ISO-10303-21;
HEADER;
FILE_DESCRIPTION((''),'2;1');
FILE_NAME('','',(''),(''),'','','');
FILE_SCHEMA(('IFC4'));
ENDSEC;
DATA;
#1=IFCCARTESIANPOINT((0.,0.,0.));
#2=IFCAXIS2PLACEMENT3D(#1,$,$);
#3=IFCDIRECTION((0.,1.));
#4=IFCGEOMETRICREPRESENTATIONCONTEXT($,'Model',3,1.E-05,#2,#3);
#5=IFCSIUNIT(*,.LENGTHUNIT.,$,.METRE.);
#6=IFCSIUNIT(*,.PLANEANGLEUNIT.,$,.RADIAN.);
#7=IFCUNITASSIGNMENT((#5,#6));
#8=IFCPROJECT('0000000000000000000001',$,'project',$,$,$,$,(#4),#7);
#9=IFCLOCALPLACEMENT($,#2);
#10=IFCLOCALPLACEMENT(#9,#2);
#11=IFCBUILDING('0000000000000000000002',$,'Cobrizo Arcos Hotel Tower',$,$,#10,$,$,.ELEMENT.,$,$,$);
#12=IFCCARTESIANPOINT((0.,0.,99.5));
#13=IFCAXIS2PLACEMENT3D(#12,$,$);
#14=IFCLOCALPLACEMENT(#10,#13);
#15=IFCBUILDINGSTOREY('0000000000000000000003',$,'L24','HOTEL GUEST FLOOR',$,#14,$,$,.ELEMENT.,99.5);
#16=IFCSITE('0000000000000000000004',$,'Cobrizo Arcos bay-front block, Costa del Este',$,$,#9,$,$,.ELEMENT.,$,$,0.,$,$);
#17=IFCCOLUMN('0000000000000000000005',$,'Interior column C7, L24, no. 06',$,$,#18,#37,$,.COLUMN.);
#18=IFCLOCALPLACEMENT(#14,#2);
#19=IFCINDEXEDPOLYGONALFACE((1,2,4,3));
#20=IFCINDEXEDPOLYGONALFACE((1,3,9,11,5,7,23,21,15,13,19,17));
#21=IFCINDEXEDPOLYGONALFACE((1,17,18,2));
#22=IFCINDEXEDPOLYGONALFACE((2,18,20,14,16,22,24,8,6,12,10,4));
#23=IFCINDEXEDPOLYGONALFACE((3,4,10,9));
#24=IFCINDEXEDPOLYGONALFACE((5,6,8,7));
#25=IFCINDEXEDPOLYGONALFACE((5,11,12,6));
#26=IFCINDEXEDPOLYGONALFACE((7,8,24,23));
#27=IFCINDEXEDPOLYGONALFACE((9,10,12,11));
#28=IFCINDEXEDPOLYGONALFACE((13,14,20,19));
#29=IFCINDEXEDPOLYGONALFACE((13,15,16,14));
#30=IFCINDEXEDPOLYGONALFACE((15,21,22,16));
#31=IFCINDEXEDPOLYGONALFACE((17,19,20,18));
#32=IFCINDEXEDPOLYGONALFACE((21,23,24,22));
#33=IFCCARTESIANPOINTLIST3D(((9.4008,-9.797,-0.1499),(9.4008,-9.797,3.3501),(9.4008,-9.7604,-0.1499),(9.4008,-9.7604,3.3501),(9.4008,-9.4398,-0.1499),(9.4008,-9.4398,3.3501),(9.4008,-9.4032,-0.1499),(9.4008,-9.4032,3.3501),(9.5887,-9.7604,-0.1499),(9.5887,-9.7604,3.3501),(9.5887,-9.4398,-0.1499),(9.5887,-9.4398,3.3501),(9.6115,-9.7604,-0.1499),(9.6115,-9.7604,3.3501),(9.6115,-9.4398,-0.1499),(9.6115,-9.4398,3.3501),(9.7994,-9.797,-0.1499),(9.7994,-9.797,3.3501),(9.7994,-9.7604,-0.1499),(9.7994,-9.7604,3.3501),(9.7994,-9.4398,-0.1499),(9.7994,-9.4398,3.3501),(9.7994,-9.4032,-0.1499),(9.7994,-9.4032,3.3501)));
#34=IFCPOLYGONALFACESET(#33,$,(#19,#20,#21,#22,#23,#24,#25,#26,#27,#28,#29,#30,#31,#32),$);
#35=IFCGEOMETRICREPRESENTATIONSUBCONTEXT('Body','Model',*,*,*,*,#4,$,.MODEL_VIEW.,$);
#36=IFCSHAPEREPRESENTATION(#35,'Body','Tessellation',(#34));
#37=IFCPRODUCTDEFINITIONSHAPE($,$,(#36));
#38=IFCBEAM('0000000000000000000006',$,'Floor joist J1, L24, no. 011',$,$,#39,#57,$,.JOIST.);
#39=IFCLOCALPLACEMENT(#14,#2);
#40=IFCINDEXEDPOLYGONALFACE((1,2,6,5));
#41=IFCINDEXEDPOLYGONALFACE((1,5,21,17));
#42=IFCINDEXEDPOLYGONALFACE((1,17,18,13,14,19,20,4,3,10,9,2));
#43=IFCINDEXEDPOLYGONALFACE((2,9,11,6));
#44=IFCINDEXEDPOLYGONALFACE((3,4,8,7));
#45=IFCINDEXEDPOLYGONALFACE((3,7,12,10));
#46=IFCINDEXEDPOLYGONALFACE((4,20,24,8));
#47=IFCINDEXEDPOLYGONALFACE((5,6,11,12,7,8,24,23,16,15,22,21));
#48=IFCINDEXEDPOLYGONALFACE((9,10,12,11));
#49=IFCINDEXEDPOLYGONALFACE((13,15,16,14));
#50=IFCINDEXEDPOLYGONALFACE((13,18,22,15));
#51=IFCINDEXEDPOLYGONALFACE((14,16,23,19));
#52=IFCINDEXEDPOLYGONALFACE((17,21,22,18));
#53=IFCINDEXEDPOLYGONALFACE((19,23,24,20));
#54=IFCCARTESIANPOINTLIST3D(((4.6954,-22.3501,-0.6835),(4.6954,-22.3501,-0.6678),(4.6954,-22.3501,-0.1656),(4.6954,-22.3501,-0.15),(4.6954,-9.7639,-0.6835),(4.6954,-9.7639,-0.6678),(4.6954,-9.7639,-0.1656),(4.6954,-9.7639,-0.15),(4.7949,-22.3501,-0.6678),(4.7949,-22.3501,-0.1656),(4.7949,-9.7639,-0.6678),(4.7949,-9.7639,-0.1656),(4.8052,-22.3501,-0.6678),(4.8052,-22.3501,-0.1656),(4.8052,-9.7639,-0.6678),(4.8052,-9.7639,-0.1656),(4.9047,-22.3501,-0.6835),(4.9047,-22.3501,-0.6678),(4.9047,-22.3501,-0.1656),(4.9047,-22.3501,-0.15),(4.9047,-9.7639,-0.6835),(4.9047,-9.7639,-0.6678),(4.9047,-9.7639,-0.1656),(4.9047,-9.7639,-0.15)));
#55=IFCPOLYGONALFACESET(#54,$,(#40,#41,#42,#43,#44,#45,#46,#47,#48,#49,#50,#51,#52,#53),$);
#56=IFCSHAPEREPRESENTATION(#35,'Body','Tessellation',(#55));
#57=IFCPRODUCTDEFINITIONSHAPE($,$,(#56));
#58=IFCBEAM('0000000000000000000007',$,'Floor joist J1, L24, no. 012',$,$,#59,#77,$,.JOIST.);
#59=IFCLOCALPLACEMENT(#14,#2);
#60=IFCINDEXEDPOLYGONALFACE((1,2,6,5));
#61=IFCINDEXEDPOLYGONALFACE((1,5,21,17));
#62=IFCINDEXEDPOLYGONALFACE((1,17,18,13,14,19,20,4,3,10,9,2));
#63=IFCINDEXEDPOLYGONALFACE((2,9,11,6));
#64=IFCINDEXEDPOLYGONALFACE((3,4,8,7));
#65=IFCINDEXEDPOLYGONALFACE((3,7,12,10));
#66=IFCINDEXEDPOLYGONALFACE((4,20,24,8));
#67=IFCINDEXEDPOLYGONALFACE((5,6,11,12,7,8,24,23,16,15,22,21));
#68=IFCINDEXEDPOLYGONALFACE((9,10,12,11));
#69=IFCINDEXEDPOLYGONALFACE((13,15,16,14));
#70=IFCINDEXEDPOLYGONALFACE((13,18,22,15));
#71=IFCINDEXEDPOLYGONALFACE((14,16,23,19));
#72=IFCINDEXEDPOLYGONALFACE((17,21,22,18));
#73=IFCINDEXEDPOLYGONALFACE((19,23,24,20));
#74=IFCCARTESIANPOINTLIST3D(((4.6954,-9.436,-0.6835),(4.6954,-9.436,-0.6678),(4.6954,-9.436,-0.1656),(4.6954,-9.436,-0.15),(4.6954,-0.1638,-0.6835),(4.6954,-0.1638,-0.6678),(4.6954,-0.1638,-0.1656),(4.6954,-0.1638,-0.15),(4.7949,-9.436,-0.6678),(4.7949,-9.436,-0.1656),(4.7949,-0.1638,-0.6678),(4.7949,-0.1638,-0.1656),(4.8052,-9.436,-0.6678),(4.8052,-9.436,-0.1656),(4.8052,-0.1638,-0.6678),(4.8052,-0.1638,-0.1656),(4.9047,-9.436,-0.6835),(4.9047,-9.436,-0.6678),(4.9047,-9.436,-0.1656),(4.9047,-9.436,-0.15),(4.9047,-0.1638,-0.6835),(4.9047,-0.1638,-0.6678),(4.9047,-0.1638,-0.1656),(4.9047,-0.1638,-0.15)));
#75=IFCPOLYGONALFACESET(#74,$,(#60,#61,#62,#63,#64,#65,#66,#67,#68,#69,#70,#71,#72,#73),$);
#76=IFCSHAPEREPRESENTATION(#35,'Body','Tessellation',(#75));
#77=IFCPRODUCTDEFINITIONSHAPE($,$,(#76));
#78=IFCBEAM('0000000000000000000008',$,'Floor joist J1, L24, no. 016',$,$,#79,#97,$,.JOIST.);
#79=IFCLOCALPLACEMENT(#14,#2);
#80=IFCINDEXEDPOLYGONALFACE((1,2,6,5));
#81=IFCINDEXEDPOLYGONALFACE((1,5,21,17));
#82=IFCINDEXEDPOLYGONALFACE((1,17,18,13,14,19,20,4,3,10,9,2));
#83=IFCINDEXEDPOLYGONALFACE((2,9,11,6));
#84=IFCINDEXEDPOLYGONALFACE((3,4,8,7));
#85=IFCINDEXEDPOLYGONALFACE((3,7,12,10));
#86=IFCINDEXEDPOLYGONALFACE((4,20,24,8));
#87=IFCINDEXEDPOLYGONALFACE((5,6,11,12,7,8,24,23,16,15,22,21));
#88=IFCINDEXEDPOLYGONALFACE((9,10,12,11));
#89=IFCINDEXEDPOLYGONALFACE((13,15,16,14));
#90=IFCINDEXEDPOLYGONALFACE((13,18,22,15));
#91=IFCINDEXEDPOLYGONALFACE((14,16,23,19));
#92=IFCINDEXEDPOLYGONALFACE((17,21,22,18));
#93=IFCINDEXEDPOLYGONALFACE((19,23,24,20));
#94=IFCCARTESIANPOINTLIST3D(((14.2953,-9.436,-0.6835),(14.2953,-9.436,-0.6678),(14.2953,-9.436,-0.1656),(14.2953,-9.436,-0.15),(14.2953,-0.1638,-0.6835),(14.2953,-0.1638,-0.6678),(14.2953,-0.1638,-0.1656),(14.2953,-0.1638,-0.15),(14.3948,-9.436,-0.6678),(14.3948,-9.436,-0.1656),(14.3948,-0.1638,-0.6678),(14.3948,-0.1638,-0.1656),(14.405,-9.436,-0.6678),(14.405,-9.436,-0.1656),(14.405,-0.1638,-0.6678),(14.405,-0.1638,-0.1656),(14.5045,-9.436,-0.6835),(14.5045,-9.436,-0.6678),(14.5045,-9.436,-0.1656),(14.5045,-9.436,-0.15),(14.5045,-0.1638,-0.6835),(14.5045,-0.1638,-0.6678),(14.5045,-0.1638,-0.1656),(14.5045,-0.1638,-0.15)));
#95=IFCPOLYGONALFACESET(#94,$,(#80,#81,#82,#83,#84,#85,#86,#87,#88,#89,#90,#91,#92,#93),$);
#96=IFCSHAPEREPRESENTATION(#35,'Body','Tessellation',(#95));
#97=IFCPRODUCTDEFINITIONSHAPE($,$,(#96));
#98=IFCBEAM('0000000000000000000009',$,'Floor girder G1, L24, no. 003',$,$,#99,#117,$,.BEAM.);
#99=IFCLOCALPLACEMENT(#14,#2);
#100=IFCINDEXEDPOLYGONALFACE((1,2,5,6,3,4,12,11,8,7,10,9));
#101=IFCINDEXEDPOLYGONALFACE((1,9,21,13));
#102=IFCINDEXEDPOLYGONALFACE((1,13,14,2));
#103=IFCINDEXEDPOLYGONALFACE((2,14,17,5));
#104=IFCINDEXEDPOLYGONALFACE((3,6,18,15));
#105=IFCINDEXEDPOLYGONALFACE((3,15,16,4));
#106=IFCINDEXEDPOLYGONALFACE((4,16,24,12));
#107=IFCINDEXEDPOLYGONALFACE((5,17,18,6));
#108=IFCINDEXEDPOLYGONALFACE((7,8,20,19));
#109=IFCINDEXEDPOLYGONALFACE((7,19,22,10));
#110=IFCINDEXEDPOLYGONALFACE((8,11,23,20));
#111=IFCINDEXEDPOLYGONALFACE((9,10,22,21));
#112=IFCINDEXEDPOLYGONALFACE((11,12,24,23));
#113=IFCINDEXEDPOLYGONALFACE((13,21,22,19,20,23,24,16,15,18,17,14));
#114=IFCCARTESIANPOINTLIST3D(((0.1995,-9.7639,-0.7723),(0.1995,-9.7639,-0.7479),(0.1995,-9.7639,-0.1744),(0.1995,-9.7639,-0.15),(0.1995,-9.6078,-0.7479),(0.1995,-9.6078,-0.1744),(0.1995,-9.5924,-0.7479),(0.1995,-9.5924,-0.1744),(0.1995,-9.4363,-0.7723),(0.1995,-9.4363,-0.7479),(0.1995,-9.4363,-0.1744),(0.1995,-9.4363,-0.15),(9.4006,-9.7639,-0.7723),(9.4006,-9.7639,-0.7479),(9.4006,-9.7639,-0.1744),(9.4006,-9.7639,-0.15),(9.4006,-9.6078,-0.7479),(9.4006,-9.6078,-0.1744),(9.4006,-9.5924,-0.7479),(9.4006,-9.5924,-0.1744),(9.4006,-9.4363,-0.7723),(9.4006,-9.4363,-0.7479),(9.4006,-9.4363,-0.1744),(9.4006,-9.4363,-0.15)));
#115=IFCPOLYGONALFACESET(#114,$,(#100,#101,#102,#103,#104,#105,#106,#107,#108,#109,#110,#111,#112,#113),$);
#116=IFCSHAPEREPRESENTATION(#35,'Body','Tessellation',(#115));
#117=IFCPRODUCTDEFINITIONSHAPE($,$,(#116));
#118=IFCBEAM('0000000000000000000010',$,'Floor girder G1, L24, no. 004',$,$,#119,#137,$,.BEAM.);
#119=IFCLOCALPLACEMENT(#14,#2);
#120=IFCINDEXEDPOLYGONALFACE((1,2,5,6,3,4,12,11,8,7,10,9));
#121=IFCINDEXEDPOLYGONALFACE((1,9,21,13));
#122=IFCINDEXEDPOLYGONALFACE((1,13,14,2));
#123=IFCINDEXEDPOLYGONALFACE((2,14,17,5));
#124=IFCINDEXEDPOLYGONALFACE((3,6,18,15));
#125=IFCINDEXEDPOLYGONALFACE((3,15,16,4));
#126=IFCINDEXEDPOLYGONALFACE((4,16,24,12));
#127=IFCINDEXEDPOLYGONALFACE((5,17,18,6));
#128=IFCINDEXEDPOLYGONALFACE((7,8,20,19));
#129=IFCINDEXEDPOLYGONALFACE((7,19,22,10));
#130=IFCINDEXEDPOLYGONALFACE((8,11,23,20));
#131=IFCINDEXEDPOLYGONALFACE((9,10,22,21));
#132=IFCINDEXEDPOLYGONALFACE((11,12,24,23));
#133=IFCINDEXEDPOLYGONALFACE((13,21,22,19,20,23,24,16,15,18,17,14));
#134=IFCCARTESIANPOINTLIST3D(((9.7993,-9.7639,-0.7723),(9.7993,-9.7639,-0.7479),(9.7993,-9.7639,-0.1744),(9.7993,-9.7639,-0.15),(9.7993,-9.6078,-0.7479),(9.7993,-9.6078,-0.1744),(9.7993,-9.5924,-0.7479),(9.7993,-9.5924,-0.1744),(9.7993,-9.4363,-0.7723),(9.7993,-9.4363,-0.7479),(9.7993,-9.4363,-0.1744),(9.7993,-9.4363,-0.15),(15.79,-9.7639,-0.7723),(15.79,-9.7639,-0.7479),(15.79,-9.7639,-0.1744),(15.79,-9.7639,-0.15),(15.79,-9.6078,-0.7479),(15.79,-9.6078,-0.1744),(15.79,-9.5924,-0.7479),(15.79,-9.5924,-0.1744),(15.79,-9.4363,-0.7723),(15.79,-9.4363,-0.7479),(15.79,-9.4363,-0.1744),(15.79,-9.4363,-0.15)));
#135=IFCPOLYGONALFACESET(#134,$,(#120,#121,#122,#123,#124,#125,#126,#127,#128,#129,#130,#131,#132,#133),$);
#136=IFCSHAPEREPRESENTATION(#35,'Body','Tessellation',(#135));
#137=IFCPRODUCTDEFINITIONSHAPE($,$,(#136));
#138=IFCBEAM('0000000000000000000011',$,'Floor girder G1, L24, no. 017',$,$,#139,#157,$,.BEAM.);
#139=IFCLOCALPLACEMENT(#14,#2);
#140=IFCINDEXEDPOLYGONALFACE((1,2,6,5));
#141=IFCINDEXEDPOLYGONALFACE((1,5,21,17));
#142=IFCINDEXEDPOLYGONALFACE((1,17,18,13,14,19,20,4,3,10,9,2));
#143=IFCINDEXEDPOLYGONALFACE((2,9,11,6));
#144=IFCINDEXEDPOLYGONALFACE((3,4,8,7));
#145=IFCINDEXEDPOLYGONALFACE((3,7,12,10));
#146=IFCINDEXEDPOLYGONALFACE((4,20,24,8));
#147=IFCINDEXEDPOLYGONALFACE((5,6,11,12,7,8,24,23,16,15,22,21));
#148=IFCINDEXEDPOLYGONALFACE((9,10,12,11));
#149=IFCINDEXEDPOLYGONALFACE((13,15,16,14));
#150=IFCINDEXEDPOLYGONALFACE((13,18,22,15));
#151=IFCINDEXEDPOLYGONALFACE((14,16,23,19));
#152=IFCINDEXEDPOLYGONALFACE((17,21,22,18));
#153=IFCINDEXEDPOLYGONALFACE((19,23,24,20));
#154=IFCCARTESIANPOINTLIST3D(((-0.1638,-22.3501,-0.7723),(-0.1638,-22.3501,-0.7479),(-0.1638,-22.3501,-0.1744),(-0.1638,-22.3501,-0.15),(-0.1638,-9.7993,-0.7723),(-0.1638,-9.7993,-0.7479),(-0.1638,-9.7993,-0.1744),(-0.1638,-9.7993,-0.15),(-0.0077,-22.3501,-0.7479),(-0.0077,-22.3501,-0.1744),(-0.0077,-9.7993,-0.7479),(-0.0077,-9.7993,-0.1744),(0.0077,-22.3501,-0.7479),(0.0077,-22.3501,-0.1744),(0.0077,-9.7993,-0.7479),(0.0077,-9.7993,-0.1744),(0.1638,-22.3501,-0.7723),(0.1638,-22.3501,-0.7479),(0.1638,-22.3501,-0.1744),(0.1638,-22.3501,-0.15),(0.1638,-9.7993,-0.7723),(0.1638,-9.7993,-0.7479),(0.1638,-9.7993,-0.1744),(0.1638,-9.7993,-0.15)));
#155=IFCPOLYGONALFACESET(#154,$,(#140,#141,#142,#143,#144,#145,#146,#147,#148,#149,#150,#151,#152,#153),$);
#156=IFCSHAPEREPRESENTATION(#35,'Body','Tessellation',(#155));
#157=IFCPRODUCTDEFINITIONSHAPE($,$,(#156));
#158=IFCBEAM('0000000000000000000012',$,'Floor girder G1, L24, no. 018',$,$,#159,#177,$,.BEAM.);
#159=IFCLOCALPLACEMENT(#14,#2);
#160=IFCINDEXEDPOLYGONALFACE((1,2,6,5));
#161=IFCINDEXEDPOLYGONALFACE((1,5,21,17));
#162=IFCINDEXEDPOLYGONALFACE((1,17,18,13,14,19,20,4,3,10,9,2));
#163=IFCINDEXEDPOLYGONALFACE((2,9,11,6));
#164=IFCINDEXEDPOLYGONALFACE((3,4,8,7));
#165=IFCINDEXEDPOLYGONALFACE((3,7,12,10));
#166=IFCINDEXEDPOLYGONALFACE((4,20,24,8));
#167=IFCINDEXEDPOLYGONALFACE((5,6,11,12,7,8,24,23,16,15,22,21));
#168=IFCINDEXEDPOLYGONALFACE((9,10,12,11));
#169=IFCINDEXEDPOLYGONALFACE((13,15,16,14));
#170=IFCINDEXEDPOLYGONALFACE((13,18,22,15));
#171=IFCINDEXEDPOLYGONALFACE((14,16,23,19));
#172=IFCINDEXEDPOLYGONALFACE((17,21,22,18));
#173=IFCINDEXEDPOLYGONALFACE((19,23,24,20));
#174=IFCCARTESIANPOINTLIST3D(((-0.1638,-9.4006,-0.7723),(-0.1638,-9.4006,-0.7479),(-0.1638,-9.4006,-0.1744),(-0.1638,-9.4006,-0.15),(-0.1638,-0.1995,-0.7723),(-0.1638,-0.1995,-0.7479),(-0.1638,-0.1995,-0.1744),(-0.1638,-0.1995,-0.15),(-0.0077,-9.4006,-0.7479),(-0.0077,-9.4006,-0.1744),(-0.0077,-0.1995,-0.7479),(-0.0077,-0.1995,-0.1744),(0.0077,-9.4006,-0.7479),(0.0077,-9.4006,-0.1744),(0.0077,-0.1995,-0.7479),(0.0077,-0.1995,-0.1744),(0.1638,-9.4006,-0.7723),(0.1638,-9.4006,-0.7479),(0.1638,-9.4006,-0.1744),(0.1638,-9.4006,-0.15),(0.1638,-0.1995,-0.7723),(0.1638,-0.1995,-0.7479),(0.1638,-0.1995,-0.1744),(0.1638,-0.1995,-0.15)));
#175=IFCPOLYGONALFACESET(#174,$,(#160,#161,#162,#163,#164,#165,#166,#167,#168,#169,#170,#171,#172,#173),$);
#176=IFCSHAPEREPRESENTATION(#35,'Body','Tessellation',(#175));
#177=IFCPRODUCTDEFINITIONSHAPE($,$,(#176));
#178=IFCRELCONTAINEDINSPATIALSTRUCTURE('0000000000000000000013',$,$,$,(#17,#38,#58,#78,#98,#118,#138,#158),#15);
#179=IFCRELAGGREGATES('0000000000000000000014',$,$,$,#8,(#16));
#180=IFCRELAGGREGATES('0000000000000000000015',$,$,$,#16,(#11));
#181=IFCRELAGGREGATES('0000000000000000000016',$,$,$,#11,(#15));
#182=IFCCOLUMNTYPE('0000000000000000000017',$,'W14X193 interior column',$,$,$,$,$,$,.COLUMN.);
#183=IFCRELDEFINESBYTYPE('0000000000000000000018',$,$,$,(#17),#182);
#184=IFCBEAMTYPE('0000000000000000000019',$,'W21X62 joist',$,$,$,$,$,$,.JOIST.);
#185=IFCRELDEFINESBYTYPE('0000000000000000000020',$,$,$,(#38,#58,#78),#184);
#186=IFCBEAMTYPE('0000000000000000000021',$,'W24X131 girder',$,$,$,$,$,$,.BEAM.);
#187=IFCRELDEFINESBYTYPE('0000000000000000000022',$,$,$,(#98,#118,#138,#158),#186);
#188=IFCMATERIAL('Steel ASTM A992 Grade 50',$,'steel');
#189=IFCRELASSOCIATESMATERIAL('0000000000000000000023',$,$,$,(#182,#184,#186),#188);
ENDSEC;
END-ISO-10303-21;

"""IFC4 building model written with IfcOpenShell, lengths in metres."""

from ifc_helpers import new_model, si_unit, direction, frame, origin, origin_2d, place, context, subcontext, project, spatial, i_section, extrude, material, material_profile, profile_set, type_object, element, save


model = new_model("IFC4")

# Units and contexts
model_context = context("Model", 3, precision=1e-05, world=origin(), true_north=direction((0.0, 1.0)))
body_context = subcontext(model_context, "Body", "Model", "MODEL_VIEW")
ifc_project = project(units=[si_unit("LENGTHUNIT", "METRE"), si_unit("PLANEANGLEUNIT", "RADIAN")], contexts=[model_context])

# Site, building, storey
site_placement = place(None, origin())
site = spatial("IfcSite", under=ifc_project, at=site_placement, Name="Cobrizo Arcos bay-front block, Costa del Este", CompositionType="ELEMENT", RefElevation=0.0)
building_placement = place(site_placement, origin())
building = spatial("IfcBuilding", under=site, at=building_placement, Name="Cobrizo Arcos Hotel Tower", CompositionType="ELEMENT")
storey_placement = place(building_placement, frame((0.0, 0.0, 99.5)))
storey = spatial("IfcBuildingStorey", under=building, at=storey_placement, Name="L24", Description="HOTEL GUEST FLOOR", CompositionType="ELEMENT", Elevation=99.5)

# Column
ifc_material_1 = material(Name="Steel ASTM A992 Grade 50", Category="steel")
ifc_material_profile_1 = material_profile(ifc_material_1, i_section(OverallWidth=0.3987, OverallDepth=0.3938, WebThickness=0.0227, FlangeThickness=0.0366, at=origin_2d()), Name="W14X193")
ifc_profile_set_1 = profile_set([ifc_material_profile_1], Name="Steel ASTM A992 Grade 50")
column_type = type_object("IfcColumnType", Name="W14X193 interior column", PredefinedType="COLUMN", material=ifc_profile_set_1)
column_placement = place(storey_placement, frame((9.6001, -9.6001, -0.1499), z_axis=(0.0, 0.0, 1.0), x_axis=(1.0, 0.0, 0.0)))
element("IfcColumn", 1, at=column_placement, inside=storey, type_object=column_type, Name="Interior column C7, L24, no. 06", PredefinedType="COLUMN", context=body_context, shape_type="SweptSolid", body=[
    extrude(i_section(OverallWidth=0.3987, OverallDepth=0.3938, WebThickness=0.0227, FlangeThickness=0.0366, at=origin_2d()), origin(), (0.0, 0.0, 1.0), 3.5),
])

# Beams
ifc_material_profile_2 = material_profile(ifc_material_1, i_section(OverallWidth=0.2092, OverallDepth=0.5334, WebThickness=0.0103, FlangeThickness=0.0156, at=origin_2d()), Name="W21X62")
ifc_profile_set_2 = profile_set([ifc_material_profile_2], Name="Steel ASTM A992 Grade 50")
beam_type_1 = type_object("IfcBeamType", Name="W21X62 joist", PredefinedType="JOIST", material=ifc_profile_set_2)
beam_1_placement = place(storey_placement, frame((4.8, -22.3501, -0.4167), z_axis=(0.0, 1.0, 0.0), x_axis=(-1.0, 0.0, 0.0)))
element("IfcBeam", 2, at=beam_1_placement, inside=storey, type_object=beam_type_1, Name="Floor joist J1, L24, no. 011", PredefinedType="JOIST", context=body_context, shape_type="SweptSolid", body=[
    extrude(i_section(OverallWidth=0.2092, OverallDepth=0.5334, WebThickness=0.0103, FlangeThickness=0.0156, at=origin_2d()), origin(), (0.0, 0.0, 1.0), 12.5862),
])
for number, where, z_axis, x_axis, name in (
    (3, (4.8, -9.436, -0.4167), (0.0, 1.0, 0.0), (-1.0, 0.0, 0.0), "Floor joist J1, L24, no. 012"),
    (4, (14.3999, -9.436, -0.4167), (0.0, 1.0, 0.0), (-1.0, 0.0, 0.0), "Floor joist J1, L24, no. 016"),
):
    element("IfcBeam", number, at=place(storey_placement, frame(where, z_axis=z_axis, x_axis=x_axis)), inside=storey, type_object=beam_type_1, Name=name, PredefinedType="JOIST", context=body_context, shape_type="SweptSolid", body=[
        extrude(i_section(OverallWidth=0.2092, OverallDepth=0.5334, WebThickness=0.0103, FlangeThickness=0.0156, at=origin_2d()), origin(), (0.0, 0.0, 1.0), 9.2722),
    ])
ifc_material_profile_3 = material_profile(ifc_material_1, i_section(OverallWidth=0.3276, OverallDepth=0.6223, WebThickness=0.0154, FlangeThickness=0.0244, at=origin_2d()), Name="W24X131")
ifc_profile_set_3 = profile_set([ifc_material_profile_3], Name="Steel ASTM A992 Grade 50")
beam_type_2 = type_object("IfcBeamType", Name="W24X131 girder", PredefinedType="BEAM", material=ifc_profile_set_3)
beam_2_placement = place(storey_placement, frame((0.1995, -9.6001, -0.4612), z_axis=(1.0, 0.0, 0.0), x_axis=(0.0, 1.0, 0.0)))
element("IfcBeam", 5, at=beam_2_placement, inside=storey, type_object=beam_type_2, Name="Floor girder G1, L24, no. 003", PredefinedType="BEAM", context=body_context, shape_type="SweptSolid", body=[
    extrude(i_section(OverallWidth=0.3276, OverallDepth=0.6223, WebThickness=0.0154, FlangeThickness=0.0244, at=origin_2d()), origin(), (0.0, 0.0, 1.0), 9.2012),
])
beam_3_placement = place(storey_placement, frame((9.7993, -9.6001, -0.4612), z_axis=(1.0, 0.0, 0.0), x_axis=(0.0, 1.0, 0.0)))
element("IfcBeam", 6, at=beam_3_placement, inside=storey, type_object=beam_type_2, Name="Floor girder G1, L24, no. 004", PredefinedType="BEAM", context=body_context, shape_type="SweptSolid", body=[
    extrude(i_section(OverallWidth=0.3276, OverallDepth=0.6223, WebThickness=0.0154, FlangeThickness=0.0244, at=origin_2d()), origin(), (0.0, 0.0, 1.0), 5.9907),
])
beam_4_placement = place(storey_placement, frame((0.0, -22.3501, -0.4612), z_axis=(0.0, 1.0, 0.0), x_axis=(-1.0, 0.0, 0.0)))
element("IfcBeam", 7, at=beam_4_placement, inside=storey, type_object=beam_type_2, Name="Floor girder G1, L24, no. 017", PredefinedType="BEAM", context=body_context, shape_type="SweptSolid", body=[
    extrude(i_section(OverallWidth=0.3276, OverallDepth=0.6223, WebThickness=0.0154, FlangeThickness=0.0244, at=origin_2d()), origin(), (0.0, 0.0, 1.0), 12.5508),
])
beam_5_placement = place(storey_placement, frame((0.0, -9.4006, -0.4612), z_axis=(0.0, 1.0, 0.0), x_axis=(-1.0, 0.0, 0.0)))
element("IfcBeam", 8, at=beam_5_placement, inside=storey, type_object=beam_type_2, Name="Floor girder G1, L24, no. 018", PredefinedType="BEAM", context=body_context, shape_type="SweptSolid", body=[
    extrude(i_section(OverallWidth=0.3276, OverallDepth=0.6223, WebThickness=0.0154, FlangeThickness=0.0244, at=origin_2d()), origin(), (0.0, 0.0, 1.0), 9.2012),
])

save(model, "model.ifc")
